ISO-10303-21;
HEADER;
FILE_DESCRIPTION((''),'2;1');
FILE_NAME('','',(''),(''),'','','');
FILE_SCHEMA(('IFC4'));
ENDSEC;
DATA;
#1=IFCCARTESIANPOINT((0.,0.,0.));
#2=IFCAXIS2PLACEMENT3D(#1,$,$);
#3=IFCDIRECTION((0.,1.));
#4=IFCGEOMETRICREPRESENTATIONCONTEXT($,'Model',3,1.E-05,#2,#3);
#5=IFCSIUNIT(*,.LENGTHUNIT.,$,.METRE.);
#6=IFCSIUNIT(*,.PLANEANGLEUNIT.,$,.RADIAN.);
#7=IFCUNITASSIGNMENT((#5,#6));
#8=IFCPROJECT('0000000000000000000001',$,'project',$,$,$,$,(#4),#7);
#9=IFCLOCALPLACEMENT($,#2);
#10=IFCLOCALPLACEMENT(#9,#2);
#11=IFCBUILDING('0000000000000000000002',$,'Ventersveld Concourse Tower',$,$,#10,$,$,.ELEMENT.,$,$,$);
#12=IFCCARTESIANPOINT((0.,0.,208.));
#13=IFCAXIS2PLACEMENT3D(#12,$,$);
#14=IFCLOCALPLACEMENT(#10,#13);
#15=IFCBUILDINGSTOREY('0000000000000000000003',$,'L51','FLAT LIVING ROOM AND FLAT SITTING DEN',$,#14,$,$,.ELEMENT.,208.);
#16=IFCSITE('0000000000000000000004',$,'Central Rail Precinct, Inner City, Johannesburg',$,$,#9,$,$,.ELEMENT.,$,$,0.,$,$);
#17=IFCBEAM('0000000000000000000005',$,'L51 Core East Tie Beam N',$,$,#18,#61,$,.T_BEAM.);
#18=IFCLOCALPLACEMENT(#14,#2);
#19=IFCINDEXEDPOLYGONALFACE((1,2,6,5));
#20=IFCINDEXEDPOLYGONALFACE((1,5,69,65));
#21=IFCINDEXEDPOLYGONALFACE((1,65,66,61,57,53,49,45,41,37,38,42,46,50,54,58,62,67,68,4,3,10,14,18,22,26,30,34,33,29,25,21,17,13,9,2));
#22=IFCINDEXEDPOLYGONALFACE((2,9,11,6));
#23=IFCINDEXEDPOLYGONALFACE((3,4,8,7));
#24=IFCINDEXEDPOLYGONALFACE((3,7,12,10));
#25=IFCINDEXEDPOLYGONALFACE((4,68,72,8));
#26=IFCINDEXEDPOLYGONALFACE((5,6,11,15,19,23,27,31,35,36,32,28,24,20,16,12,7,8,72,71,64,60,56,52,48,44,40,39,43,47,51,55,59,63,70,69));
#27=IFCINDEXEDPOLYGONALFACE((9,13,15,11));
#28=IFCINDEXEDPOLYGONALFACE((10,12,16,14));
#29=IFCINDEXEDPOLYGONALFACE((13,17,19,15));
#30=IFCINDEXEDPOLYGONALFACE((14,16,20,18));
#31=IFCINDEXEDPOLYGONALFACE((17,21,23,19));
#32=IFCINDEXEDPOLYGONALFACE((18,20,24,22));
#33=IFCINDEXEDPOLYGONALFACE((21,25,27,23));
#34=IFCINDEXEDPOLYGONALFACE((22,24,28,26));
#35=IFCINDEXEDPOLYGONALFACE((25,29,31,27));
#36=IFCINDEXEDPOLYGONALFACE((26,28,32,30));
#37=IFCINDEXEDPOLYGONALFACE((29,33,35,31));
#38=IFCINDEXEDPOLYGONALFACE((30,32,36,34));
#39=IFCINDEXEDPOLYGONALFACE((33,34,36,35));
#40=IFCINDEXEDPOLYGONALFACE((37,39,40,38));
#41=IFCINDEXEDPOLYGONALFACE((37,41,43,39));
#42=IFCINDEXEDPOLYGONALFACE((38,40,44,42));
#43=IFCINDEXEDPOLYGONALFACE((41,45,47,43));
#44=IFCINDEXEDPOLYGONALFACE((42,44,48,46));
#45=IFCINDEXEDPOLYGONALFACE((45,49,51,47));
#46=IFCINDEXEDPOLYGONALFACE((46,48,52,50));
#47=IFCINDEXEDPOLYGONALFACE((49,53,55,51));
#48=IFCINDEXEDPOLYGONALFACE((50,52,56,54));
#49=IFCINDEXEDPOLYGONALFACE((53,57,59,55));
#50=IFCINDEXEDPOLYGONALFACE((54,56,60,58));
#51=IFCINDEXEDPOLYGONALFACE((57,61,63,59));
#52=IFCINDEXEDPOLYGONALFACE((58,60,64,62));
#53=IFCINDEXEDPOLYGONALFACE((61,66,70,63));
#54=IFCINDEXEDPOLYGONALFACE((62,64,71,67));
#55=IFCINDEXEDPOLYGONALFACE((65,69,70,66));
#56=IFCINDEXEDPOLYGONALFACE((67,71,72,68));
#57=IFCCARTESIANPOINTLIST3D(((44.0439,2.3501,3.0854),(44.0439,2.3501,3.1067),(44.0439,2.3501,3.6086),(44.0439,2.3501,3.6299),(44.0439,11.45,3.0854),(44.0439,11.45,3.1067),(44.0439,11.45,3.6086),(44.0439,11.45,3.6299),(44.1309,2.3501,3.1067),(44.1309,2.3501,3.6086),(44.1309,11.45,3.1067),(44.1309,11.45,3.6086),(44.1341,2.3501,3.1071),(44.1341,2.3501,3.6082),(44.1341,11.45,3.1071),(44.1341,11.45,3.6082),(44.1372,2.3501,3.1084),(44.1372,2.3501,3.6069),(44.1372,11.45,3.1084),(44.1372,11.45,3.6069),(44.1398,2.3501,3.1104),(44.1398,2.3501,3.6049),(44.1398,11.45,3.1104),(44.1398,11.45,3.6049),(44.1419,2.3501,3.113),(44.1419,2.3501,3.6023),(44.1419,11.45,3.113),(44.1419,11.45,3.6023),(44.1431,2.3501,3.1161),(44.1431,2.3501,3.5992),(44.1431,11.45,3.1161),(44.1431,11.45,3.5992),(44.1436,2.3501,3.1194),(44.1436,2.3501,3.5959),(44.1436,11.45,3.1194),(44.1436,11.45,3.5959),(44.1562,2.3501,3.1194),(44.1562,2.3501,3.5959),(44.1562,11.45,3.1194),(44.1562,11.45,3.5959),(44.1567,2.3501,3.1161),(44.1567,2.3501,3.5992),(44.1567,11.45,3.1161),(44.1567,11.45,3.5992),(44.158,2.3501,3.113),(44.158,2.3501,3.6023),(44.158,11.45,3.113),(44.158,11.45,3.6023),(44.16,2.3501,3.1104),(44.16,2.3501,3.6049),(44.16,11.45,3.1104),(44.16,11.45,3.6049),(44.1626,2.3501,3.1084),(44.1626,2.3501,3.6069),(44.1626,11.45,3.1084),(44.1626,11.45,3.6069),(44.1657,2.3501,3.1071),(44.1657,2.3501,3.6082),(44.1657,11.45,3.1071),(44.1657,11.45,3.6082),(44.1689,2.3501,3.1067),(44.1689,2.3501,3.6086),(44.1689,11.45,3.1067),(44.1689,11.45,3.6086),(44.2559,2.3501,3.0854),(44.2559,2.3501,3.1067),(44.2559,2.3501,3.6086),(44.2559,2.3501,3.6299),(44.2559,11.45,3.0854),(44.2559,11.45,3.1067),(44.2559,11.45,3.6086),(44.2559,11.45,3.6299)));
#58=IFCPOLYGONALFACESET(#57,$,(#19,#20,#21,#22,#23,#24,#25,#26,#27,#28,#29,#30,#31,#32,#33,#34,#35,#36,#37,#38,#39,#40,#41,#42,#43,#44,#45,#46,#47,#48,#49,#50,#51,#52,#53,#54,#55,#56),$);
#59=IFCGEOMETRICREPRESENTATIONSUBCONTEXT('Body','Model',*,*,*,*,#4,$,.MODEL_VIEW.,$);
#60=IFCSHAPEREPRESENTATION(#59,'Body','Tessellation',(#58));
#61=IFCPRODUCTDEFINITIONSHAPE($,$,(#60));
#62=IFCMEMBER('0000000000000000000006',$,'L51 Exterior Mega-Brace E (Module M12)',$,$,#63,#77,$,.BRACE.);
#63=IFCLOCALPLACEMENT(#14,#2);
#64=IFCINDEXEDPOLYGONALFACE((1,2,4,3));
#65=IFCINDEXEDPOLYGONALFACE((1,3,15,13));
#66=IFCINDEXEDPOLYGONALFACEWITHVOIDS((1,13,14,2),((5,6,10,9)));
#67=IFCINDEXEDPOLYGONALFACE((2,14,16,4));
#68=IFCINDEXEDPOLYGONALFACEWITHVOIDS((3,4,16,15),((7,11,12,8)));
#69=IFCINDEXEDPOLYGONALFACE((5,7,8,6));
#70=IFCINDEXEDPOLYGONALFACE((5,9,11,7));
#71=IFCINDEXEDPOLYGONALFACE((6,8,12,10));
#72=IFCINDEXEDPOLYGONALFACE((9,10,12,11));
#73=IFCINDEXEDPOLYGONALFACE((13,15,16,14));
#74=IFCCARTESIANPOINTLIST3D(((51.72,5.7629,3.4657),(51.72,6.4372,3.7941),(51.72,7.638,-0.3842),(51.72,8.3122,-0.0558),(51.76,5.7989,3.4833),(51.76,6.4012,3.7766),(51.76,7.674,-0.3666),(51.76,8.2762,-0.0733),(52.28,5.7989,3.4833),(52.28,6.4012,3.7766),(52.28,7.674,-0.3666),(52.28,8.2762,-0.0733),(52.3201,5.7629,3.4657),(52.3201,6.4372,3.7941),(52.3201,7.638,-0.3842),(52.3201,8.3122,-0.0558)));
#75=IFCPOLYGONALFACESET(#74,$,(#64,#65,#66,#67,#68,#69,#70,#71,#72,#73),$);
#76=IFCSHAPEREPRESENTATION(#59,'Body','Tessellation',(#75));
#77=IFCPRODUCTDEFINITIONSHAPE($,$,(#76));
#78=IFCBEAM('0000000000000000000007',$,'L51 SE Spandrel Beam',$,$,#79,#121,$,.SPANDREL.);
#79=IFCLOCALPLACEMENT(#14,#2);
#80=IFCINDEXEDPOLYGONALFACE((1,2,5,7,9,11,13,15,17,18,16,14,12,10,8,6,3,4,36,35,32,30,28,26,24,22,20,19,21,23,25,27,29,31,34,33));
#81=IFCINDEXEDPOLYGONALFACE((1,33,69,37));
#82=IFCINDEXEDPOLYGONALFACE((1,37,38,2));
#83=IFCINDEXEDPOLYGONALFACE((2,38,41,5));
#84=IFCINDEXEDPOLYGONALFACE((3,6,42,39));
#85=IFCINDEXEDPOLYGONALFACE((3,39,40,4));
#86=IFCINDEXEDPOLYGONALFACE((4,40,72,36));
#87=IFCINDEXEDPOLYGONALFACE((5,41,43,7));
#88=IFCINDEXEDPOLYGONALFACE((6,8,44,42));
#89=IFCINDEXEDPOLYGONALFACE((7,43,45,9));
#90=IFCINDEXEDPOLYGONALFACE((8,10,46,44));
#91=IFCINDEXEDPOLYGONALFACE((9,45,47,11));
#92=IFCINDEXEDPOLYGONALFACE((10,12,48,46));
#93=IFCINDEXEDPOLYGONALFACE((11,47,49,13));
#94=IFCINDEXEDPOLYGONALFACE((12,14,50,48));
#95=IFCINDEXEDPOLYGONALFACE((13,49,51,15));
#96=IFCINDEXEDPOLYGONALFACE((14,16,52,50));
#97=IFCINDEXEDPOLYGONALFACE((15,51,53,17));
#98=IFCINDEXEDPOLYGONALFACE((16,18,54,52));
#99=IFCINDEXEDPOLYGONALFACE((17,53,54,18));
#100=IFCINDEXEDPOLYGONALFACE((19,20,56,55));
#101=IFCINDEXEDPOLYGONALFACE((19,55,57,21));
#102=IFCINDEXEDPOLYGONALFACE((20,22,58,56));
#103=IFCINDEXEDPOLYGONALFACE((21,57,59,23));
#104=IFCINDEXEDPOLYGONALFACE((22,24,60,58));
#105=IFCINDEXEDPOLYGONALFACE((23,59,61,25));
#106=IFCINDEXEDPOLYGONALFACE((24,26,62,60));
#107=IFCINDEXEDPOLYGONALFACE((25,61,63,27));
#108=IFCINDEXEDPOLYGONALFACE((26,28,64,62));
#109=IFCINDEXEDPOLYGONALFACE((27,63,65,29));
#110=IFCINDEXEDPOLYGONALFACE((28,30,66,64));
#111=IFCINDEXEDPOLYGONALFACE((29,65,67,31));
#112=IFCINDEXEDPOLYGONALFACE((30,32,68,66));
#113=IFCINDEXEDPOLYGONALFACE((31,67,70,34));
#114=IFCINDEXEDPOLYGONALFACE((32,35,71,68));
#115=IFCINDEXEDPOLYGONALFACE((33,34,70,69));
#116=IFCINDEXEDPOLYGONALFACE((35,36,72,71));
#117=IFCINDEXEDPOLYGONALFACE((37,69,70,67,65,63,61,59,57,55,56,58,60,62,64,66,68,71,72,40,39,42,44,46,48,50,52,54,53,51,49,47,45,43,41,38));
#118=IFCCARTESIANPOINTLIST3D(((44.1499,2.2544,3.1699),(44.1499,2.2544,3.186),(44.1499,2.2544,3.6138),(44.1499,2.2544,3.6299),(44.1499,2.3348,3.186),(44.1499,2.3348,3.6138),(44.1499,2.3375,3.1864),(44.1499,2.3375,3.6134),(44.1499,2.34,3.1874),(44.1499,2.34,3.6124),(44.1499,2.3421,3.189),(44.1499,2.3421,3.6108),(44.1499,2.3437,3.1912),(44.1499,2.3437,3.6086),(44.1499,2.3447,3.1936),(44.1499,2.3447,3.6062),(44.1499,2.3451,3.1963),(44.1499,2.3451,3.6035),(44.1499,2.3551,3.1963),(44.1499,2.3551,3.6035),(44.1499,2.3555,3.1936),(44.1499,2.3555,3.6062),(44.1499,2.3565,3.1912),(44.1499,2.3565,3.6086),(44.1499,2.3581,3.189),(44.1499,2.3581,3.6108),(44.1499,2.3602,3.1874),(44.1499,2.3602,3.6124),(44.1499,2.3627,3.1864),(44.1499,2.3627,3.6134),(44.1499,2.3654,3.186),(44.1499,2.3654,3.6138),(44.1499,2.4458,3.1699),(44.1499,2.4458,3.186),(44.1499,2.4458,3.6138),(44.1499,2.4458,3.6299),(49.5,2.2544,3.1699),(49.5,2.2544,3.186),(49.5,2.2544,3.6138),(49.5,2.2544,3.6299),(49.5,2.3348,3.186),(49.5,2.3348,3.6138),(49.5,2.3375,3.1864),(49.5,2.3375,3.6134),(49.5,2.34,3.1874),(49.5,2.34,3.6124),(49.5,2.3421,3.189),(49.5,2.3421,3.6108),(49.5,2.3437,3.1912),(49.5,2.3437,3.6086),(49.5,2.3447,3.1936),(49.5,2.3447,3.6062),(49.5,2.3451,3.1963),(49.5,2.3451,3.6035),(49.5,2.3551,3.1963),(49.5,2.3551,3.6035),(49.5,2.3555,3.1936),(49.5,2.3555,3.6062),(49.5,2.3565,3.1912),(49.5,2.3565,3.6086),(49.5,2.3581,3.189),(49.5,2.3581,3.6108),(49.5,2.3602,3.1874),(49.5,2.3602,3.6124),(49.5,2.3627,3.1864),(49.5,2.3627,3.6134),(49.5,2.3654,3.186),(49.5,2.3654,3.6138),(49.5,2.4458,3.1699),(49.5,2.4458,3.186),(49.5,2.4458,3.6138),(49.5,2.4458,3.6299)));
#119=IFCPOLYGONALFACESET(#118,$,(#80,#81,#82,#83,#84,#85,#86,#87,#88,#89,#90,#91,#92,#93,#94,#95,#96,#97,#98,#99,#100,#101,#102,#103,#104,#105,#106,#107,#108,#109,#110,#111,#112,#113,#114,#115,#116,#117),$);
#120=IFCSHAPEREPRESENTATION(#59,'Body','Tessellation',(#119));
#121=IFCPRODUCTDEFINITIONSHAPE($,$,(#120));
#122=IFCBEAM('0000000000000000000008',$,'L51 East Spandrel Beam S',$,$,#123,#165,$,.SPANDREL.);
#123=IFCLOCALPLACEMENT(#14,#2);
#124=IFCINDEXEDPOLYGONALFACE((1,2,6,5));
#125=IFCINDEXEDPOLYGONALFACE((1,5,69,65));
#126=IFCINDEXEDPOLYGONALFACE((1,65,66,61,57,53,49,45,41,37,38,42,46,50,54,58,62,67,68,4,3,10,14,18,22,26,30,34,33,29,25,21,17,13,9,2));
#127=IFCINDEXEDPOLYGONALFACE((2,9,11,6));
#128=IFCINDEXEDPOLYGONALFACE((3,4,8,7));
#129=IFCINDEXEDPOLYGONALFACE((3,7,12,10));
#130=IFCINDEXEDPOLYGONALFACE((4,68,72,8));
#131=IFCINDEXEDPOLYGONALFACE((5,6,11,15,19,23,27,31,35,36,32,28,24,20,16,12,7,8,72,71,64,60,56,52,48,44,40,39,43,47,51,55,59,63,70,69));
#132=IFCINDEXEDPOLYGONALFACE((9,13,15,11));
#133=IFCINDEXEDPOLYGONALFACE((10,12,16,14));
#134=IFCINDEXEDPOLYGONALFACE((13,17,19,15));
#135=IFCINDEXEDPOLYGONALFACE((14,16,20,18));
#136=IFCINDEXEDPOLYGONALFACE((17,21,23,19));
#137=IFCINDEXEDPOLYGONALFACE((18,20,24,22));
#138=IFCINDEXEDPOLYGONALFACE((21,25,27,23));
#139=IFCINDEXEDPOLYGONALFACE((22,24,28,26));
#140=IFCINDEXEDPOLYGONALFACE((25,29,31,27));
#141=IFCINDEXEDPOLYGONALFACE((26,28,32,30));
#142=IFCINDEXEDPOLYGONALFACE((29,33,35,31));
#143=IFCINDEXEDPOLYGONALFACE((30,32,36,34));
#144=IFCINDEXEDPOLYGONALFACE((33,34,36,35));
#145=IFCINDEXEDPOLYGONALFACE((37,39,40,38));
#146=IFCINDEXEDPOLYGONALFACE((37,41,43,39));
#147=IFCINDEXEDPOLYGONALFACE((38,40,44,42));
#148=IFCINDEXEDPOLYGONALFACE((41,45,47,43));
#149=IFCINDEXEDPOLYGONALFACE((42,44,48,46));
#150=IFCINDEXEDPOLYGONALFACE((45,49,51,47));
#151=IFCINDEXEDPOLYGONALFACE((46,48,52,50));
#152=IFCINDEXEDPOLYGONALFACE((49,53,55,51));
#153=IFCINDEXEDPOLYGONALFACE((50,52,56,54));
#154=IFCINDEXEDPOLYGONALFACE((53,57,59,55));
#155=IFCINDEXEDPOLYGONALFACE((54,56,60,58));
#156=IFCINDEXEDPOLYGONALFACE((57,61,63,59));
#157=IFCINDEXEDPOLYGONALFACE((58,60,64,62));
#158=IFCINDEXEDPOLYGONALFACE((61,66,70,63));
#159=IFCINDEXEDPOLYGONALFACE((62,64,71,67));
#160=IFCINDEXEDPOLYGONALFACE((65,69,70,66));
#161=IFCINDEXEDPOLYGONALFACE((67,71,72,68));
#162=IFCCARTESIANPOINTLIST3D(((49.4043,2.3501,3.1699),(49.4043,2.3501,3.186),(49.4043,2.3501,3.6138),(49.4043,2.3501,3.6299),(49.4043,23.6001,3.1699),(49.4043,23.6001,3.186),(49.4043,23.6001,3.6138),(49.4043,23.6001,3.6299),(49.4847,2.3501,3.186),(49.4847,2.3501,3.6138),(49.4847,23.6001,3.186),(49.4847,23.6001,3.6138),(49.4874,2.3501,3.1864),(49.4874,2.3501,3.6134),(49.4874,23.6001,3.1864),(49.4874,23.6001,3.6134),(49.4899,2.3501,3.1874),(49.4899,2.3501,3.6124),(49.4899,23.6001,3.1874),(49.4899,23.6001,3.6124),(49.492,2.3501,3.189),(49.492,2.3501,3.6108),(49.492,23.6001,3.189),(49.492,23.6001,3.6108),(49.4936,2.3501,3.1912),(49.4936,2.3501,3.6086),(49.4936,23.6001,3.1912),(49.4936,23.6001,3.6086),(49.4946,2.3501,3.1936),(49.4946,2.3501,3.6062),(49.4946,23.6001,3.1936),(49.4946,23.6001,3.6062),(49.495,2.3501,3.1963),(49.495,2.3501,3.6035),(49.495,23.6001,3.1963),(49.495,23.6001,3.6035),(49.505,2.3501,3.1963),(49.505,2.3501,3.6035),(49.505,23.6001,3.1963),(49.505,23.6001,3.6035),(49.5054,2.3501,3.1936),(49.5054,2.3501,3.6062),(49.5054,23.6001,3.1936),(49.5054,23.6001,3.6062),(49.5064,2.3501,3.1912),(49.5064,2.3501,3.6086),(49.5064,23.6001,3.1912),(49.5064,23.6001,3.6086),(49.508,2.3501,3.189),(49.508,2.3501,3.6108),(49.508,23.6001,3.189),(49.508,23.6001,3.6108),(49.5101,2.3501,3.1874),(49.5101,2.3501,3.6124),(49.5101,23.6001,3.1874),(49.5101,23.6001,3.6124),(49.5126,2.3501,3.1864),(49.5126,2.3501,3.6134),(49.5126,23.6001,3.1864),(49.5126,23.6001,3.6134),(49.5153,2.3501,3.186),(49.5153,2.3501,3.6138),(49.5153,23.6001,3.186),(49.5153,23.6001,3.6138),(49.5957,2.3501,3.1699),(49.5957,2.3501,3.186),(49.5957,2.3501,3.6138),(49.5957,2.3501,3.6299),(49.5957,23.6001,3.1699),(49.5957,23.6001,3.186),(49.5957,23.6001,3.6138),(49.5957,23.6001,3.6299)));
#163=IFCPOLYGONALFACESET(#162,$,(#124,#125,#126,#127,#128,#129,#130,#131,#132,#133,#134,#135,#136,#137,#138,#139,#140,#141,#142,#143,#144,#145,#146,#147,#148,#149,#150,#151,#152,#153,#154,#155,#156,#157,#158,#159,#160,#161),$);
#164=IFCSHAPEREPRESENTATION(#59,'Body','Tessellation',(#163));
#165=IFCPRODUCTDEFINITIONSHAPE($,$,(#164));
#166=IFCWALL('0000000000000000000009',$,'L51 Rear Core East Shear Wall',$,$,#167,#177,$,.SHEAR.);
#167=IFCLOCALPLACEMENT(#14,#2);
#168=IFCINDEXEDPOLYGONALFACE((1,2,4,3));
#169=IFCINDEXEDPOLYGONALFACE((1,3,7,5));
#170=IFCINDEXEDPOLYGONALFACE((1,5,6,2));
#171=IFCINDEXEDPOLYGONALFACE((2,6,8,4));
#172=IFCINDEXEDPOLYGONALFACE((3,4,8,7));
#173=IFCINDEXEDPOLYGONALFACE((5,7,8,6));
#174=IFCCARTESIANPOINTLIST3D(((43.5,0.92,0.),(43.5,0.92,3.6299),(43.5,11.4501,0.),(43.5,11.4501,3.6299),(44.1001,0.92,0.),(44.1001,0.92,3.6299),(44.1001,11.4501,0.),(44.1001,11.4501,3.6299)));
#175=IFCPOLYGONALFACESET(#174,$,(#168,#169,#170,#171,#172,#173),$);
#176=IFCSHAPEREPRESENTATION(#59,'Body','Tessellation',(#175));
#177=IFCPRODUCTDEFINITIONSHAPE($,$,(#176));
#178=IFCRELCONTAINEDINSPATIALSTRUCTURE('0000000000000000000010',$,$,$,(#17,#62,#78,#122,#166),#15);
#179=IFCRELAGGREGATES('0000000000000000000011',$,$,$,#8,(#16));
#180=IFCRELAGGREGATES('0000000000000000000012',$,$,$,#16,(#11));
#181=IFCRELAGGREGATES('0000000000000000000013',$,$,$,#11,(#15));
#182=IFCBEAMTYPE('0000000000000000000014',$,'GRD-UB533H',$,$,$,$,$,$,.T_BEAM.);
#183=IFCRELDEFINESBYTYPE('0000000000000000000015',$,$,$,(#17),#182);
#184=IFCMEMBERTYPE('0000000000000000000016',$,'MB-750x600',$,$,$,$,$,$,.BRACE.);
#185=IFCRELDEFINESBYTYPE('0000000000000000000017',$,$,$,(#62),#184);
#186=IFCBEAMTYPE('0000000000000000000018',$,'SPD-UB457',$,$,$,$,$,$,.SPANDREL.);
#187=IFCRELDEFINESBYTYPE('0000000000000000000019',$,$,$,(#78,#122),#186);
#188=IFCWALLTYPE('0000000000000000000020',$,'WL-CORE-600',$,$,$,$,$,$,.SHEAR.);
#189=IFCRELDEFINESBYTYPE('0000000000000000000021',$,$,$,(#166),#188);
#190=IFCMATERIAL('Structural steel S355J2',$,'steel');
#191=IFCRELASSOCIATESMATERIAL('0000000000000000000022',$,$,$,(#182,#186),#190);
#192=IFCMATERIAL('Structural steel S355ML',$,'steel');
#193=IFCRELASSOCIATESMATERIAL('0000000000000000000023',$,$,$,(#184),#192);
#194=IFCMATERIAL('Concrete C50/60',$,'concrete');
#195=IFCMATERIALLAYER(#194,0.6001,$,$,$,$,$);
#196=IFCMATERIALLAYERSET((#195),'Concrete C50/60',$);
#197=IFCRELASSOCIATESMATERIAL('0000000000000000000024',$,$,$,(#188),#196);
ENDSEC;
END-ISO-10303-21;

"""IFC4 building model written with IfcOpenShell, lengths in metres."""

from ifc_helpers import new_model, si_unit, direction, frame, frame_2d, origin, origin_2d, place, context, subcontext, project, spatial, rectangle, hollow_rectangle, i_section, extrude, material, layer, layer_set, material_profile, profile_set, type_object, element, save


model = new_model("IFC4")

# Units and contexts
model_context = context("Model", 3, precision=1e-05, world=origin(), true_north=direction((0.0, 1.0)))
body_context = subcontext(model_context, "Body", "Model", "MODEL_VIEW")
ifc_project = project(units=[si_unit("LENGTHUNIT", "METRE"), si_unit("PLANEANGLEUNIT", "RADIAN")], contexts=[model_context])

# Site, building, storey
site_placement = place(None, origin())
site = spatial("IfcSite", under=ifc_project, at=site_placement, Name="Central Rail Precinct, Inner City, Johannesburg", CompositionType="ELEMENT", RefElevation=0.0)
building_placement = place(site_placement, origin())
building = spatial("IfcBuilding", under=site, at=building_placement, Name="Ventersveld Concourse Tower", CompositionType="ELEMENT")
storey_placement = place(building_placement, frame((0.0, 0.0, 208.0)))
storey = spatial("IfcBuildingStorey", under=building, at=storey_placement, Name="L51", Description="FLAT LIVING ROOM AND FLAT SITTING DEN", CompositionType="ELEMENT", Elevation=208.0)

# Shared definitions
ifc_material_1 = material(Name="Concrete C50/60", Category="concrete")

# Beam
ifc_material_2 = material(Name="Structural steel S355J2", Category="steel")
ifc_material_profile_1 = material_profile(ifc_material_2, i_section(OverallWidth=0.2119, OverallDepth=0.5444, WebThickness=0.0127, FlangeThickness=0.0212, FilletRadius=0.0127, at=origin_2d()), Name="UB 533x210x122")
ifc_profile_set_1 = profile_set([ifc_material_profile_1], Name="Structural steel S355J2")
beam_type_1 = type_object("IfcBeamType", Name="GRD-UB533H", PredefinedType="T_BEAM", material=ifc_profile_set_1)
beam_1_placement = place(storey_placement, frame((44.1499, 2.3501, 3.3577), z_axis=(0.0, 1.0, 0.0), x_axis=(-1.0, 0.0, 0.0)))
element("IfcBeam", 1, at=beam_1_placement, inside=storey, type_object=beam_type_1, Name="L51 Core East Tie Beam N", PredefinedType="T_BEAM", context=body_context, shape_type="SweptSolid", body=[
    extrude(i_section(OverallWidth=0.2119, OverallDepth=0.5444, WebThickness=0.0127, FlangeThickness=0.0212, FilletRadius=0.0127, at=origin_2d()), origin(), (0.0, 0.0, 1.0), 9.0999),
])

# Member
ifc_material_3 = material(Name="Structural steel S355ML", Category="steel")
ifc_material_profile_2 = material_profile(ifc_material_3, hollow_rectangle(XDim=0.6001, YDim=0.75, WallThickness=0.04, at=origin_2d()), Name="BOX 750x600x40")
ifc_profile_set_2 = profile_set([ifc_material_profile_2], Name="Structural steel S355ML")
member_type = type_object("IfcMemberType", Name="MB-750x600", PredefinedType="BRACE", material=ifc_profile_set_2)
member_placement = place(storey_placement, frame((52.02, 7.9751, -0.22), z_axis=(0.0, -0.437862, 0.899042), x_axis=(1.0, 0.0, 0.0)))
element("IfcMember", 2, at=member_placement, inside=storey, type_object=member_type, Name="L51 Exterior Mega-Brace E (Module M12)", PredefinedType="BRACE", context=body_context, shape_type="SweptSolid", body=[
    extrude(hollow_rectangle(XDim=0.6001, YDim=0.75, WallThickness=0.04, at=origin_2d()), origin(), (0.0, 0.0, 1.0), 4.2822),
])

# Beams
ifc_material_profile_3 = material_profile(ifc_material_2, i_section(OverallWidth=0.1914, OverallDepth=0.46, WebThickness=0.01, FlangeThickness=0.0161, FilletRadius=0.0103, at=origin_2d()), Name="UB 457x191x82")
ifc_profile_set_3 = profile_set([ifc_material_profile_3], Name="Structural steel S355J2")
beam_type_2 = type_object("IfcBeamType", Name="SPD-UB457", PredefinedType="SPANDREL", material=ifc_profile_set_3)
beam_2_placement = place(storey_placement, frame((44.1499, 2.3501, 3.3999), z_axis=(1.0, 0.0, 0.0), x_axis=(0.0, 1.0, 0.0)))
element("IfcBeam", 3, at=beam_2_placement, inside=storey, type_object=beam_type_2, Name="L51 SE Spandrel Beam", PredefinedType="SPANDREL", context=body_context, shape_type="SweptSolid", body=[
    extrude(i_section(OverallWidth=0.1914, OverallDepth=0.46, WebThickness=0.01, FlangeThickness=0.0161, FilletRadius=0.0103, at=origin_2d()), origin(), (0.0, 0.0, 1.0), 5.3501),
])
beam_3_placement = place(storey_placement, frame((49.5, 2.3501, 3.3999), z_axis=(0.0, 1.0, 0.0), x_axis=(-1.0, 0.0, 0.0)))
element("IfcBeam", 4, at=beam_3_placement, inside=storey, type_object=beam_type_2, Name="L51 East Spandrel Beam S", PredefinedType="SPANDREL", context=body_context, shape_type="SweptSolid", body=[
    extrude(i_section(OverallWidth=0.1914, OverallDepth=0.46, WebThickness=0.01, FlangeThickness=0.0161, FilletRadius=0.0103, at=origin_2d()), origin(), (0.0, 0.0, 1.0), 21.25),
])

# Wall
ifc_layer_1 = layer(ifc_material_1, 0.6001)
ifc_layer_set_1 = layer_set([ifc_layer_1], Name="Concrete C50/60")
wall_type_1 = type_object("IfcWallType", Name="WL-CORE-600", PredefinedType="SHEAR", material=ifc_layer_set_1)
wall_1_placement = place(storey_placement, frame((43.8, 0.9199, 0.0), z_axis=(0.0, 0.0, 1.0), x_axis=(0.0, 1.0, 0.0)))
element("IfcWall", 5, at=wall_1_placement, inside=storey, type_object=wall_type_1, Name="L51 Rear Core East Shear Wall", PredefinedType="SHEAR", context=body_context, shape_type="SweptSolid", body=[
    extrude(rectangle(XDim=10.53, YDim=0.6001, at=frame_2d((5.2651, 0.0))), origin(), (0.0, 0.0, 1.0), 3.6299),
])

save(model, "model.ifc")
